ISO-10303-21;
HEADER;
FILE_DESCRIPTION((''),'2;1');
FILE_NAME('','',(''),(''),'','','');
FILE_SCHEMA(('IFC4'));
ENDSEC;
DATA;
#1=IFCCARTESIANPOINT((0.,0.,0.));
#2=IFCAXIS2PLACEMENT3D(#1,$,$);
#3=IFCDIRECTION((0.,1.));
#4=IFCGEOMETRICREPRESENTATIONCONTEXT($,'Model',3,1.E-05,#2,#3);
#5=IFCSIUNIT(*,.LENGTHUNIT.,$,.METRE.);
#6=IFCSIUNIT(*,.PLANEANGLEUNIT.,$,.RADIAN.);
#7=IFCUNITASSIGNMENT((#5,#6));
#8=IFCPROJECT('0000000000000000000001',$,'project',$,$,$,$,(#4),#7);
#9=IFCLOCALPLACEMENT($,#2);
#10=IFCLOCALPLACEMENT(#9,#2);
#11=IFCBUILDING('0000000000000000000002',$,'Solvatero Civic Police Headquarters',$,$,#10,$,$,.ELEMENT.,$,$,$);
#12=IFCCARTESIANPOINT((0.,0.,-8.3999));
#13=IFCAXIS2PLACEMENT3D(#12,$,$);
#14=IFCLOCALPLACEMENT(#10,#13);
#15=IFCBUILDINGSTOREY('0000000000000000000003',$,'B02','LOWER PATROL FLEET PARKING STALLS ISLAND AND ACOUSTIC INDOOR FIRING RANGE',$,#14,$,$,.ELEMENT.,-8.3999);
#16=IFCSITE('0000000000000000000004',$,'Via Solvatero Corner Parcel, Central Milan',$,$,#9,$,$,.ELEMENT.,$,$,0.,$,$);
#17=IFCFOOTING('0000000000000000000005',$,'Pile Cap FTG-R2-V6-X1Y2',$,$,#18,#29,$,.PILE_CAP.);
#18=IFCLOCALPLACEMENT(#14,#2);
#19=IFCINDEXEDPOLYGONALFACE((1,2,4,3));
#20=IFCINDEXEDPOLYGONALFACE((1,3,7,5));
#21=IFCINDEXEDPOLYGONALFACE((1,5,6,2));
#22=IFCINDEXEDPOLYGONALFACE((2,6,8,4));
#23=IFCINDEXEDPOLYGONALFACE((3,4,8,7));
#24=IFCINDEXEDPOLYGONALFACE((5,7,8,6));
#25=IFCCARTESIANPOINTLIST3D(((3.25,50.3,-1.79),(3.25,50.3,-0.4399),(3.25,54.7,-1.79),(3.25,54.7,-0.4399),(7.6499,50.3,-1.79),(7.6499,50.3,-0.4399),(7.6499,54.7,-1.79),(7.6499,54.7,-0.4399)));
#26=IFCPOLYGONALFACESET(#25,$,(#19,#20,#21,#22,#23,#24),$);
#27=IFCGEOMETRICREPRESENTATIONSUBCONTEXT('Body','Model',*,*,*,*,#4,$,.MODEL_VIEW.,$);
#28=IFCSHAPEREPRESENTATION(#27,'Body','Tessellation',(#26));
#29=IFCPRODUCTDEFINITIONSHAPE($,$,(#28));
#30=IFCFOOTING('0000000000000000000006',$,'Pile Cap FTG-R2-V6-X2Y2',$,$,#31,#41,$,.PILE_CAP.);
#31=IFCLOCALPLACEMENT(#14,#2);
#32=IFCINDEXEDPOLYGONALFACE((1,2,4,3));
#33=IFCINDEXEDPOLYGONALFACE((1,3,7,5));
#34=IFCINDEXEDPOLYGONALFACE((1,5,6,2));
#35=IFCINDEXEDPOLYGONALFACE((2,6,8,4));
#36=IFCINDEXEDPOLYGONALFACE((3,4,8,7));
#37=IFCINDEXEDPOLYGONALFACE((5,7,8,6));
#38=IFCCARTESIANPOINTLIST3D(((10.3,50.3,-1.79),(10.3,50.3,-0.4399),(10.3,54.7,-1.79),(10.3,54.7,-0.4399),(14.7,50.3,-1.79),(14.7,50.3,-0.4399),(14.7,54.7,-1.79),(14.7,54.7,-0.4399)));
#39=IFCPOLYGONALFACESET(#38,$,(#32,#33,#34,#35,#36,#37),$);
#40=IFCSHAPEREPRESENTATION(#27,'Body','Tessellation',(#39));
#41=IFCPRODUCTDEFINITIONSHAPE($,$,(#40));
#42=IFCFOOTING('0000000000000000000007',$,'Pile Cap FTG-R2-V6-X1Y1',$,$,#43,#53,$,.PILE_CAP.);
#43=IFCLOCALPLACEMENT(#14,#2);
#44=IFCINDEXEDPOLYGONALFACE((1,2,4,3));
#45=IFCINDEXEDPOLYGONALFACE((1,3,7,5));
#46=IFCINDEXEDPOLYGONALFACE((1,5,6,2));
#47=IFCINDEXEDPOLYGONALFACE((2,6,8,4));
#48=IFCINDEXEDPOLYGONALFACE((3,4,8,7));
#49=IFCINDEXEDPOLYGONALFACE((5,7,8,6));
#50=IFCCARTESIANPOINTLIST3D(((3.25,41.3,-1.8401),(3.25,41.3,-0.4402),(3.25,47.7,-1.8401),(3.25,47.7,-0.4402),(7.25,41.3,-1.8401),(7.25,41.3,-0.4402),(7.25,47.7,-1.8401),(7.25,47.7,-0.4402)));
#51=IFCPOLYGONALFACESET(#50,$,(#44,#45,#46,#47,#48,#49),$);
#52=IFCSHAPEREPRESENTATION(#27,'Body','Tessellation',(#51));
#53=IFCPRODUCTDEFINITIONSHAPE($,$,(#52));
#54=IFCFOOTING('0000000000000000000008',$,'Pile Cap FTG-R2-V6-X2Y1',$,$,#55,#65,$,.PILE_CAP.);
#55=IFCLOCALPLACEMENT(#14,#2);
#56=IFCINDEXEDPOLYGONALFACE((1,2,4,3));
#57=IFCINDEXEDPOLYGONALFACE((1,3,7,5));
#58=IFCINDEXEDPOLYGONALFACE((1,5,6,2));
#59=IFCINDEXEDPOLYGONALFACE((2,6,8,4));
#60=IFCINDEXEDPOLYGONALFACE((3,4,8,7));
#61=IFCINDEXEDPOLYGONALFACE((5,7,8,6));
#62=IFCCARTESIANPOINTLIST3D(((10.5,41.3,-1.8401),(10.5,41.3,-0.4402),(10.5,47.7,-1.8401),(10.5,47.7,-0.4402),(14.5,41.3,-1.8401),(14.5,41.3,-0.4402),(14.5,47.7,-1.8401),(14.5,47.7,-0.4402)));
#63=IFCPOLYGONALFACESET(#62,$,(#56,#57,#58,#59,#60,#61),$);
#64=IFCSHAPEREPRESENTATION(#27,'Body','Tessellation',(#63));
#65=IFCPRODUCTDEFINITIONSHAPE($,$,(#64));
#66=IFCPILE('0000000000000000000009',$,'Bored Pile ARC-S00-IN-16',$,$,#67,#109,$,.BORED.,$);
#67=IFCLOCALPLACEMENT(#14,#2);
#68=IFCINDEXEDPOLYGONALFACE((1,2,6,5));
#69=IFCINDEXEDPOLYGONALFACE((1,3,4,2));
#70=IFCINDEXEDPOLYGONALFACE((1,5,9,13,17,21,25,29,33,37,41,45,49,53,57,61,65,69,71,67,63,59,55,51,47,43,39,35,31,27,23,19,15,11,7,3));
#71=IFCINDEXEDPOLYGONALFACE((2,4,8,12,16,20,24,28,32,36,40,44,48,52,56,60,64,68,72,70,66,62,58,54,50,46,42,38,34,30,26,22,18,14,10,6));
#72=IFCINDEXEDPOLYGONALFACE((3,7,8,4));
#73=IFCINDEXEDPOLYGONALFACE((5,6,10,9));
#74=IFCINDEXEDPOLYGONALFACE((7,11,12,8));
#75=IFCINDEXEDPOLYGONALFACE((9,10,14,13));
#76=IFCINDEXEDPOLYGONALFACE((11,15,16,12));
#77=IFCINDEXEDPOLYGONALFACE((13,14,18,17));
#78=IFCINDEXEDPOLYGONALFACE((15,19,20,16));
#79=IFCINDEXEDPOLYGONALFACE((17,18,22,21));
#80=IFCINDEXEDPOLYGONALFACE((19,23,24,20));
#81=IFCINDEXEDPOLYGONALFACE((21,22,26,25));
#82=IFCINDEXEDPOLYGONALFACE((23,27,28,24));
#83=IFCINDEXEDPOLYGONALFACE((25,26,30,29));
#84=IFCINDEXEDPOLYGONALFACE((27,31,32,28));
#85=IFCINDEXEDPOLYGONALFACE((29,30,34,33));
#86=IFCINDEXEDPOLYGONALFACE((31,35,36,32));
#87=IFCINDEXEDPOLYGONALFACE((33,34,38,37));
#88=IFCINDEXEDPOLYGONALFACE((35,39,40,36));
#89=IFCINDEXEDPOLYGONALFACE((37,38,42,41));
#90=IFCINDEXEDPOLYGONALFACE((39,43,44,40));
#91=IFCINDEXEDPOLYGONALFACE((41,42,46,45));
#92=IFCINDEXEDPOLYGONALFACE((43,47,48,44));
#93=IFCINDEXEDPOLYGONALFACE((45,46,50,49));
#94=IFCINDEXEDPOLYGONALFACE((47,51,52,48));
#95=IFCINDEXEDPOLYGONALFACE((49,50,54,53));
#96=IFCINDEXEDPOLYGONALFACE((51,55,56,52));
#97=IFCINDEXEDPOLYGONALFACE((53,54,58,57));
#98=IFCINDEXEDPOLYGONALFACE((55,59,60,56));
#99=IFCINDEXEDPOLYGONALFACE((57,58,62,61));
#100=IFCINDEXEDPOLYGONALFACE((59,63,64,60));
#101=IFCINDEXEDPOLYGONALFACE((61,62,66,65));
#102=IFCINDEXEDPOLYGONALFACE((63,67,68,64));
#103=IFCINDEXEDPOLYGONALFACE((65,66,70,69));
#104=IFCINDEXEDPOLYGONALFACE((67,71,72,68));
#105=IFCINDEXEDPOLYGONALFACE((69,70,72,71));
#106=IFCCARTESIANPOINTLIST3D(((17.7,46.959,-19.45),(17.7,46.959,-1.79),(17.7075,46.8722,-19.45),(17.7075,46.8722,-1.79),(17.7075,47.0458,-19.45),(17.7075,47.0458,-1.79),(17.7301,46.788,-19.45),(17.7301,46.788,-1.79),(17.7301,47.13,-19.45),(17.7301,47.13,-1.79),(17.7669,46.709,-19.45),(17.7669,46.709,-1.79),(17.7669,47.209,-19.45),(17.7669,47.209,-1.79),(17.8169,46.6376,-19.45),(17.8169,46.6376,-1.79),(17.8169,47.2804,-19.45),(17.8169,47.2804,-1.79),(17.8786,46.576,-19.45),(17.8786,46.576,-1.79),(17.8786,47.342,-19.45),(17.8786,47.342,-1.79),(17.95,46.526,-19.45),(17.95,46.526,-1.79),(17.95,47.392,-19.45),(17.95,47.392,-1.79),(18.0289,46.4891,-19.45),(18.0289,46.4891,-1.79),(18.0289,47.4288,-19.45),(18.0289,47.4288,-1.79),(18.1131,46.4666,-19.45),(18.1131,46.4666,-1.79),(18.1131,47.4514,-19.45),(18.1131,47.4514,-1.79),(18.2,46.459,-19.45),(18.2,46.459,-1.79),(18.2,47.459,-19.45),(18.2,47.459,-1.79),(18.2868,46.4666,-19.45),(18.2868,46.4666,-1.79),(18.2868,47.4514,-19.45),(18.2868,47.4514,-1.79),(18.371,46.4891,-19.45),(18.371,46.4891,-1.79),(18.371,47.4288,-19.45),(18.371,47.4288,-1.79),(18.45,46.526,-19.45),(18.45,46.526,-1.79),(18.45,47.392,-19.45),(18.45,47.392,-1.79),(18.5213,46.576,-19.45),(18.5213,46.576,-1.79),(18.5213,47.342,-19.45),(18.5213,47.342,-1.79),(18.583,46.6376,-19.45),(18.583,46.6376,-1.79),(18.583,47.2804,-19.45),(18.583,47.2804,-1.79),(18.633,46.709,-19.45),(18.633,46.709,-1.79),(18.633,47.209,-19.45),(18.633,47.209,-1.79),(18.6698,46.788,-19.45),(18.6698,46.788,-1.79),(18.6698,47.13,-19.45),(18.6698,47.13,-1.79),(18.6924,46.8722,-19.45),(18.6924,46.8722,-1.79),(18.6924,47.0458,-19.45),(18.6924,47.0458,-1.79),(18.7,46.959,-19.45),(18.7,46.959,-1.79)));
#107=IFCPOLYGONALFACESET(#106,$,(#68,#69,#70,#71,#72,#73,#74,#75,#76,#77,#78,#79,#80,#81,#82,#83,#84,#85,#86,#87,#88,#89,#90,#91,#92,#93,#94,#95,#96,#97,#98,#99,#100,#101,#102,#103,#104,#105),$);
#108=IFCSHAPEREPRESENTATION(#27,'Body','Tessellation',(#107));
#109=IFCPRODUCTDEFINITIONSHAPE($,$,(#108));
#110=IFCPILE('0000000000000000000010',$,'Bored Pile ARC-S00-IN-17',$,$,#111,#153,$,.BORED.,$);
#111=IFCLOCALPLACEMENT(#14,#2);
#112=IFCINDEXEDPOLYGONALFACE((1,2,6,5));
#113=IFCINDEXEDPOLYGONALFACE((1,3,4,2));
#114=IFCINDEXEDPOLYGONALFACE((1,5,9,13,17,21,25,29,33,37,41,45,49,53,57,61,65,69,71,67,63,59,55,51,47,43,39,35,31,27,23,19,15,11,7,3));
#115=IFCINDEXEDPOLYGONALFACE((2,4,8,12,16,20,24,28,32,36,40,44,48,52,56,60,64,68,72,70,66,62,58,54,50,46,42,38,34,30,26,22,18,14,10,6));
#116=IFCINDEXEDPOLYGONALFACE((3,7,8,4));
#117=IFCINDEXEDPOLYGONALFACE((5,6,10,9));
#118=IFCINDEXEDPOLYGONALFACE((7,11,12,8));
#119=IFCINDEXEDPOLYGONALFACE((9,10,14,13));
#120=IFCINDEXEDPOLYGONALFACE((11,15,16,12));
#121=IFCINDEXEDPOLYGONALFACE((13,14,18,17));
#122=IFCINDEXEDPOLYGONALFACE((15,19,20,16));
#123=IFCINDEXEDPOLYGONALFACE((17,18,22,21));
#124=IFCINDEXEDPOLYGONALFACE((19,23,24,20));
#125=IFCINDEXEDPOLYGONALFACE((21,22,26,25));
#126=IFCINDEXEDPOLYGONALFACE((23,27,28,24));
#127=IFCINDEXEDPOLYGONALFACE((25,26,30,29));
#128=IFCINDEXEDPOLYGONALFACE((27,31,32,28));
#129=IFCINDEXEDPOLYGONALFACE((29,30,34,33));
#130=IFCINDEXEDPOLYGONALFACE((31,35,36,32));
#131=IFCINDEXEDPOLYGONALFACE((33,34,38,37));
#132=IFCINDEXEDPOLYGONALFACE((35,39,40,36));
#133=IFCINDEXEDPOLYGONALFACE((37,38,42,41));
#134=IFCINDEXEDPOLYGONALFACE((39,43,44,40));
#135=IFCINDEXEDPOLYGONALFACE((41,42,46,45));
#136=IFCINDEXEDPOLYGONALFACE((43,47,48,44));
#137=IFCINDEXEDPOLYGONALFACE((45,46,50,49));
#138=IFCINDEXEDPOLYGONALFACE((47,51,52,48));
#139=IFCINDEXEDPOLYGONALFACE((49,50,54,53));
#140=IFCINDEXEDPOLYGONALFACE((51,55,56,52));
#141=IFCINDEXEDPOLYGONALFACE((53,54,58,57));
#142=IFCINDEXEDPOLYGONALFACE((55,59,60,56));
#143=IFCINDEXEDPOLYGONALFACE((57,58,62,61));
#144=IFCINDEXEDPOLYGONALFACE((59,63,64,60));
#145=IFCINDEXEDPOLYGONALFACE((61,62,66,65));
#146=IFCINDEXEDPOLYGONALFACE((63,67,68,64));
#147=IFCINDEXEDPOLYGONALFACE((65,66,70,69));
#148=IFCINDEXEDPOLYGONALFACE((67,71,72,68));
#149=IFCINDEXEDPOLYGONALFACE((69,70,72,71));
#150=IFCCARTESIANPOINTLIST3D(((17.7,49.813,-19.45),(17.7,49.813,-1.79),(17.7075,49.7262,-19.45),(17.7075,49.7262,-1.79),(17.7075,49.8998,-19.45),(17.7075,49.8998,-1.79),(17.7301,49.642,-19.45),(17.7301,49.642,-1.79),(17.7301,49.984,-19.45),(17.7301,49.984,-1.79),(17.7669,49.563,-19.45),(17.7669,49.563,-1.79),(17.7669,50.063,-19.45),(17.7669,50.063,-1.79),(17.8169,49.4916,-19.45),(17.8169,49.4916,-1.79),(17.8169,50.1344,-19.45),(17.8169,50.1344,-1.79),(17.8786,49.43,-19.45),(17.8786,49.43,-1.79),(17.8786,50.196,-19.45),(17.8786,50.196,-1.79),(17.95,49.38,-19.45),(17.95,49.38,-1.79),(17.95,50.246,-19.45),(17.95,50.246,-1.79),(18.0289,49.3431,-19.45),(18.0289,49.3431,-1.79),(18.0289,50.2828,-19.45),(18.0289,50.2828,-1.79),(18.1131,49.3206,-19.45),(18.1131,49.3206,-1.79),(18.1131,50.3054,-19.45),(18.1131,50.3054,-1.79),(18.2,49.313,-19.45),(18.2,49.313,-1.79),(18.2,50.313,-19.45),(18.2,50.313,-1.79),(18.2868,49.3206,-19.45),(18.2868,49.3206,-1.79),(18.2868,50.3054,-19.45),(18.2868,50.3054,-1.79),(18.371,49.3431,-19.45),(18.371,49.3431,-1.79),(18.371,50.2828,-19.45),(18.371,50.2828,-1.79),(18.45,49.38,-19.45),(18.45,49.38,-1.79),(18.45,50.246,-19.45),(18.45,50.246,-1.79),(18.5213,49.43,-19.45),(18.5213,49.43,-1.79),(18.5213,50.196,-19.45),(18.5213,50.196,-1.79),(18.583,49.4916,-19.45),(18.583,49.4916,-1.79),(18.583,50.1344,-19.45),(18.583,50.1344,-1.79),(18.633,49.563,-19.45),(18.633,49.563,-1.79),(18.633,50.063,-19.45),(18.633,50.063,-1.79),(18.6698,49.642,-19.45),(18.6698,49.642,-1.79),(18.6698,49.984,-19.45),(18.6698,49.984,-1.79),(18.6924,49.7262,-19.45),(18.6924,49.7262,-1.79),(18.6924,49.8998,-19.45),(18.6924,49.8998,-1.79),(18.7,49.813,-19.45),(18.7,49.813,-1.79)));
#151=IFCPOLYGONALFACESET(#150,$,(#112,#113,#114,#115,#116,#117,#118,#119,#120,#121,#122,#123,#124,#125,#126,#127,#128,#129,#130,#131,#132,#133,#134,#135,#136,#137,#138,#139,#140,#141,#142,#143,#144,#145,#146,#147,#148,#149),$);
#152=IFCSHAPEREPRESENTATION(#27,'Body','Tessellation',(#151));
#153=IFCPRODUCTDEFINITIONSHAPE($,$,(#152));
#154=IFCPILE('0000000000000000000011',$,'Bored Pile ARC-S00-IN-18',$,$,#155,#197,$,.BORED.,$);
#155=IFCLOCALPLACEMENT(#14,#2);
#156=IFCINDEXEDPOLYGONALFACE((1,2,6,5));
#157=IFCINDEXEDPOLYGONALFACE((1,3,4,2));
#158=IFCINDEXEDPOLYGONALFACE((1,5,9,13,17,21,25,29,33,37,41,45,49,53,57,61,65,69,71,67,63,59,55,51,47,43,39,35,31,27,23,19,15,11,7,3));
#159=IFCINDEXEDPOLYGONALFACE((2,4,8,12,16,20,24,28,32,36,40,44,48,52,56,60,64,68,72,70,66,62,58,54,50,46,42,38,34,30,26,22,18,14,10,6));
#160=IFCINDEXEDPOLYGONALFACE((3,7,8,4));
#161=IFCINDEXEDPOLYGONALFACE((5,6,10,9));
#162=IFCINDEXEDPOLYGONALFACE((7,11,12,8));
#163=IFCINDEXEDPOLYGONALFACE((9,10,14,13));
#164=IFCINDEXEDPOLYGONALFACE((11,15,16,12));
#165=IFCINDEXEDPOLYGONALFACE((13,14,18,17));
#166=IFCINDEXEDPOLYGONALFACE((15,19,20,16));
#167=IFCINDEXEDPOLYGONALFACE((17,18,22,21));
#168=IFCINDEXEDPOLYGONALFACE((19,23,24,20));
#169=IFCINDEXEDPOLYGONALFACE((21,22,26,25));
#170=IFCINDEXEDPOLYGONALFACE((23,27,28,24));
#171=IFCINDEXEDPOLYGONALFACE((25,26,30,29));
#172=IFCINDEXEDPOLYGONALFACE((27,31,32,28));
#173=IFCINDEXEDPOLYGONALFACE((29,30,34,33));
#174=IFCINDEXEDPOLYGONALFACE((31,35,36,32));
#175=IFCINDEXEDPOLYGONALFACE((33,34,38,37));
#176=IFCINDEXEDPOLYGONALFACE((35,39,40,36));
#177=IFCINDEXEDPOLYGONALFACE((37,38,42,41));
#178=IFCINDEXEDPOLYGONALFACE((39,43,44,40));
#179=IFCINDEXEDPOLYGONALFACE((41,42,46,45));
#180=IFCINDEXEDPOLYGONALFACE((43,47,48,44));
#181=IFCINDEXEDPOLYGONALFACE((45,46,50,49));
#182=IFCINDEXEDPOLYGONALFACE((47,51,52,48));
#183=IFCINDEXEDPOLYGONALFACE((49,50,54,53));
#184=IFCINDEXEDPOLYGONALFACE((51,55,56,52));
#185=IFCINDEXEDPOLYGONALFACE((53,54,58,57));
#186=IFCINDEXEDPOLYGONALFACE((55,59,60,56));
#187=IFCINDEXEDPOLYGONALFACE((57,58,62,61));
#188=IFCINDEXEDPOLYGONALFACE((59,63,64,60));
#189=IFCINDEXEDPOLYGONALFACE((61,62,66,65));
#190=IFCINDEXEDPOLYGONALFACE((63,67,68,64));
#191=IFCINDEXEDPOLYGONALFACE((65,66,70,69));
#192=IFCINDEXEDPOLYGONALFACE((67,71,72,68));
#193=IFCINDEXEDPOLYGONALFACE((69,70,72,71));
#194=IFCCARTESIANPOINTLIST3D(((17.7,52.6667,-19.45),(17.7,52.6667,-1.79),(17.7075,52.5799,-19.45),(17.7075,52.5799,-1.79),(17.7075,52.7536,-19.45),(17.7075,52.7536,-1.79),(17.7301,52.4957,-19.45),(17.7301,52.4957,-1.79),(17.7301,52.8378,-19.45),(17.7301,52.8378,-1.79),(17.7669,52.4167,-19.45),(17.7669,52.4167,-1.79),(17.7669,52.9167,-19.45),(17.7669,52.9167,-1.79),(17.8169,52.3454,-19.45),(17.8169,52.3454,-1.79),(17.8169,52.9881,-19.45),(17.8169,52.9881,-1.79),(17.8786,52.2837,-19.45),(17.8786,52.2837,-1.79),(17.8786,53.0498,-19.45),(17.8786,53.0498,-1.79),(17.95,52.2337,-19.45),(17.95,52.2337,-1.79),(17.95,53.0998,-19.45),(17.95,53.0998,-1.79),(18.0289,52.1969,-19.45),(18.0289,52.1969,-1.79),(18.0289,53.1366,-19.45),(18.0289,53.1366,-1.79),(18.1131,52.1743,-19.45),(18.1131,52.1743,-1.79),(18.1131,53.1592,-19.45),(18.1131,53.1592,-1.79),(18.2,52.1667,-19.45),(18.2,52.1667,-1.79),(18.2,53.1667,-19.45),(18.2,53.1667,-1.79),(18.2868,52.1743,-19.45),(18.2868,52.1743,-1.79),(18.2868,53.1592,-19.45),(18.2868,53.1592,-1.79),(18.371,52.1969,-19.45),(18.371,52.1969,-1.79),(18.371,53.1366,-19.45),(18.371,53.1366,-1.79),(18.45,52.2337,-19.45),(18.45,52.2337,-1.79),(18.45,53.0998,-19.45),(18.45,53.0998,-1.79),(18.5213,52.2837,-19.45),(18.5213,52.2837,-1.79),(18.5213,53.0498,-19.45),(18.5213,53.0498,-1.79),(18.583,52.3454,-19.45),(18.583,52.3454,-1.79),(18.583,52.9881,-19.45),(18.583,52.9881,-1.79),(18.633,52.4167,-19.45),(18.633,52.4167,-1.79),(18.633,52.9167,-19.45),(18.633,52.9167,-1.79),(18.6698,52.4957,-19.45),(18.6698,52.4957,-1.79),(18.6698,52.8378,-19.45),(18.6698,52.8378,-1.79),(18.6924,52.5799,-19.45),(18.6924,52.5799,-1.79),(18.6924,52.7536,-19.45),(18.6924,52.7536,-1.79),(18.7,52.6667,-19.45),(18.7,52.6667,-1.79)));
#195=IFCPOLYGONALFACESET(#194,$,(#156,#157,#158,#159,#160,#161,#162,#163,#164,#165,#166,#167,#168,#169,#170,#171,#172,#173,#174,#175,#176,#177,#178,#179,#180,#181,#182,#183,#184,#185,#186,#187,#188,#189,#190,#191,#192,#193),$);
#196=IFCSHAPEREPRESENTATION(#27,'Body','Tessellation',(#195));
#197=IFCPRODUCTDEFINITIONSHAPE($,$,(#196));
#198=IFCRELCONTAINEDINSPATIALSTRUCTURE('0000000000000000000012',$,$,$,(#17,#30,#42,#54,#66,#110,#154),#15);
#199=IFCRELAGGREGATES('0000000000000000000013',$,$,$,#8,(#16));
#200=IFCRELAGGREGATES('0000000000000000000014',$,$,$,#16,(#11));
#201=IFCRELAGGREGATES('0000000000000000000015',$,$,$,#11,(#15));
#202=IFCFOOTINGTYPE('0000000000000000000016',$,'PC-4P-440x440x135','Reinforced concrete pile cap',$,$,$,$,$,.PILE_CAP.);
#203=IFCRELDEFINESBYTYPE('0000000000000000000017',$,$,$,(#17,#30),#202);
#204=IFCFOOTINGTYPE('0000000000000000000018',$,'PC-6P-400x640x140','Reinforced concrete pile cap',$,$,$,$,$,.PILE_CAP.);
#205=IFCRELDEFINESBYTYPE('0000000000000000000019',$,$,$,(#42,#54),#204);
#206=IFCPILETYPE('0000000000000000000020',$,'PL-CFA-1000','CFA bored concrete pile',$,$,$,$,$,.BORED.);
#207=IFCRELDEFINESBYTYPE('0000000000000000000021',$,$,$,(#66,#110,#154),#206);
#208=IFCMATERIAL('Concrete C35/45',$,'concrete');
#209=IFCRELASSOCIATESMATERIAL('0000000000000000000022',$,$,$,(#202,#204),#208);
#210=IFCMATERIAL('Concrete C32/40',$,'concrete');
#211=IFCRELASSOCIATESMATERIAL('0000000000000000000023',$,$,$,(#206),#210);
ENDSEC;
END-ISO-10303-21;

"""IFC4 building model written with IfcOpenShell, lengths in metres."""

from ifc_helpers import new_model, si_unit, direction, frame, origin, origin_2d, place, context, subcontext, project, spatial, rectangle, circle, extrude, material, material_profile, profile_set, type_object, element, save


model = new_model("IFC4")

# Units and contexts
model_context = context("Model", 3, precision=1e-05, world=origin(), true_north=direction((0.0, 1.0)))
body_context = subcontext(model_context, "Body", "Model", "MODEL_VIEW")
ifc_project = project(units=[si_unit("LENGTHUNIT", "METRE"), si_unit("PLANEANGLEUNIT", "RADIAN")], contexts=[model_context])

# Site, building, storey
site_placement = place(None, origin())
site = spatial("IfcSite", under=ifc_project, at=site_placement, Name="Via Solvatero Corner Parcel, Central Milan", CompositionType="ELEMENT", RefElevation=0.0)
building_placement = place(site_placement, origin())
building = spatial("IfcBuilding", under=site, at=building_placement, Name="Solvatero Civic Police Headquarters", CompositionType="ELEMENT")
storey_placement = place(building_placement, frame((0.0, 0.0, -8.3999)))
storey = spatial("IfcBuildingStorey", under=building, at=storey_placement, Name="B02", Description="LOWER PATROL FLEET PARKING STALLS ISLAND AND ACOUSTIC INDOOR FIRING RANGE", CompositionType="ELEMENT", Elevation=-8.3999)

# Footings
ifc_material_1 = material(Name="Concrete C35/45", Category="concrete")
footing_type_1 = type_object("IfcFootingType", Name="PC-4P-440x440x135", Description="Reinforced concrete pile cap", PredefinedType="PILE_CAP", material=ifc_material_1)
for number, where, z_axis, x_axis, name in (
    (1, (5.45, 52.5, -1.79), (0.0, 0.0, 1.0), (1.0, 0.0, 0.0), "Pile Cap FTG-R2-V6-X1Y2"),
    (2, (12.5, 52.5, -1.79), (0.0, 0.0, 1.0), (1.0, 0.0, 0.0), "Pile Cap FTG-R2-V6-X2Y2"),
):
    element("IfcFooting", number, at=place(storey_placement, frame(where, z_axis=z_axis, x_axis=x_axis)), inside=storey, type_object=footing_type_1, Name=name, PredefinedType="PILE_CAP", context=body_context, shape_type="SweptSolid", body=[
        extrude(rectangle(XDim=4.3999, YDim=4.3999, at=origin_2d()), origin(), (0.0, 0.0, 1.0), 1.3501),
    ])
footing_type_2 = type_object("IfcFootingType", Name="PC-6P-400x640x140", Description="Reinforced concrete pile cap", PredefinedType="PILE_CAP", material=ifc_material_1)
for number, where, z_axis, x_axis, name in (
    (3, (5.25, 44.5, -1.8401), (0.0, 0.0, 1.0), (1.0, 0.0, 0.0), "Pile Cap FTG-R2-V6-X1Y1"),
    (4, (12.5, 44.5, -1.8401), (0.0, 0.0, 1.0), (1.0, 0.0, 0.0), "Pile Cap FTG-R2-V6-X2Y1"),
):
    element("IfcFooting", number, at=place(storey_placement, frame(where, z_axis=z_axis, x_axis=x_axis)), inside=storey, type_object=footing_type_2, Name=name, PredefinedType="PILE_CAP", context=body_context, shape_type="SweptSolid", body=[
        extrude(rectangle(XDim=4.0, YDim=6.3999, at=origin_2d()), origin(), (0.0, 0.0, 1.0), 1.3999),
    ])

# Piles
ifc_material_2 = material(Name="Concrete C32/40", Category="concrete")
ifc_material_profile_1 = material_profile(ifc_material_2, circle(Radius=0.5, at=origin_2d()), Name="CFA PILE D1000")
ifc_profile_set_1 = profile_set([ifc_material_profile_1], Name="Concrete C32/40")
pile_type_1 = type_object("IfcPileType", Name="PL-CFA-1000", Description="CFA bored concrete pile", PredefinedType="BORED", material=ifc_profile_set_1)
for number, where, z_axis, x_axis, name in (
    (5, (18.2, 46.959, -1.79), (0.0, 0.0, -1.0), (1.0, 0.0, 0.0), "Bored Pile ARC-S00-IN-16"),
    (6, (18.2, 49.813, -1.79), (0.0, 0.0, -1.0), (1.0, 0.0, 0.0), "Bored Pile ARC-S00-IN-17"),
    (7, (18.2, 52.6667, -1.79), (0.0, 0.0, -1.0), (1.0, 0.0, 0.0), "Bored Pile ARC-S00-IN-18"),
):
    element("IfcPile", number, at=place(storey_placement, frame(where, z_axis=z_axis, x_axis=x_axis)), inside=storey, type_object=pile_type_1, Name=name, PredefinedType="BORED", context=body_context, shape_type="SweptSolid", body=[
        extrude(circle(Radius=0.5, at=origin_2d()), origin(), (0.0, 0.0, 1.0), 17.6599),
    ])

save(model, "model.ifc")
